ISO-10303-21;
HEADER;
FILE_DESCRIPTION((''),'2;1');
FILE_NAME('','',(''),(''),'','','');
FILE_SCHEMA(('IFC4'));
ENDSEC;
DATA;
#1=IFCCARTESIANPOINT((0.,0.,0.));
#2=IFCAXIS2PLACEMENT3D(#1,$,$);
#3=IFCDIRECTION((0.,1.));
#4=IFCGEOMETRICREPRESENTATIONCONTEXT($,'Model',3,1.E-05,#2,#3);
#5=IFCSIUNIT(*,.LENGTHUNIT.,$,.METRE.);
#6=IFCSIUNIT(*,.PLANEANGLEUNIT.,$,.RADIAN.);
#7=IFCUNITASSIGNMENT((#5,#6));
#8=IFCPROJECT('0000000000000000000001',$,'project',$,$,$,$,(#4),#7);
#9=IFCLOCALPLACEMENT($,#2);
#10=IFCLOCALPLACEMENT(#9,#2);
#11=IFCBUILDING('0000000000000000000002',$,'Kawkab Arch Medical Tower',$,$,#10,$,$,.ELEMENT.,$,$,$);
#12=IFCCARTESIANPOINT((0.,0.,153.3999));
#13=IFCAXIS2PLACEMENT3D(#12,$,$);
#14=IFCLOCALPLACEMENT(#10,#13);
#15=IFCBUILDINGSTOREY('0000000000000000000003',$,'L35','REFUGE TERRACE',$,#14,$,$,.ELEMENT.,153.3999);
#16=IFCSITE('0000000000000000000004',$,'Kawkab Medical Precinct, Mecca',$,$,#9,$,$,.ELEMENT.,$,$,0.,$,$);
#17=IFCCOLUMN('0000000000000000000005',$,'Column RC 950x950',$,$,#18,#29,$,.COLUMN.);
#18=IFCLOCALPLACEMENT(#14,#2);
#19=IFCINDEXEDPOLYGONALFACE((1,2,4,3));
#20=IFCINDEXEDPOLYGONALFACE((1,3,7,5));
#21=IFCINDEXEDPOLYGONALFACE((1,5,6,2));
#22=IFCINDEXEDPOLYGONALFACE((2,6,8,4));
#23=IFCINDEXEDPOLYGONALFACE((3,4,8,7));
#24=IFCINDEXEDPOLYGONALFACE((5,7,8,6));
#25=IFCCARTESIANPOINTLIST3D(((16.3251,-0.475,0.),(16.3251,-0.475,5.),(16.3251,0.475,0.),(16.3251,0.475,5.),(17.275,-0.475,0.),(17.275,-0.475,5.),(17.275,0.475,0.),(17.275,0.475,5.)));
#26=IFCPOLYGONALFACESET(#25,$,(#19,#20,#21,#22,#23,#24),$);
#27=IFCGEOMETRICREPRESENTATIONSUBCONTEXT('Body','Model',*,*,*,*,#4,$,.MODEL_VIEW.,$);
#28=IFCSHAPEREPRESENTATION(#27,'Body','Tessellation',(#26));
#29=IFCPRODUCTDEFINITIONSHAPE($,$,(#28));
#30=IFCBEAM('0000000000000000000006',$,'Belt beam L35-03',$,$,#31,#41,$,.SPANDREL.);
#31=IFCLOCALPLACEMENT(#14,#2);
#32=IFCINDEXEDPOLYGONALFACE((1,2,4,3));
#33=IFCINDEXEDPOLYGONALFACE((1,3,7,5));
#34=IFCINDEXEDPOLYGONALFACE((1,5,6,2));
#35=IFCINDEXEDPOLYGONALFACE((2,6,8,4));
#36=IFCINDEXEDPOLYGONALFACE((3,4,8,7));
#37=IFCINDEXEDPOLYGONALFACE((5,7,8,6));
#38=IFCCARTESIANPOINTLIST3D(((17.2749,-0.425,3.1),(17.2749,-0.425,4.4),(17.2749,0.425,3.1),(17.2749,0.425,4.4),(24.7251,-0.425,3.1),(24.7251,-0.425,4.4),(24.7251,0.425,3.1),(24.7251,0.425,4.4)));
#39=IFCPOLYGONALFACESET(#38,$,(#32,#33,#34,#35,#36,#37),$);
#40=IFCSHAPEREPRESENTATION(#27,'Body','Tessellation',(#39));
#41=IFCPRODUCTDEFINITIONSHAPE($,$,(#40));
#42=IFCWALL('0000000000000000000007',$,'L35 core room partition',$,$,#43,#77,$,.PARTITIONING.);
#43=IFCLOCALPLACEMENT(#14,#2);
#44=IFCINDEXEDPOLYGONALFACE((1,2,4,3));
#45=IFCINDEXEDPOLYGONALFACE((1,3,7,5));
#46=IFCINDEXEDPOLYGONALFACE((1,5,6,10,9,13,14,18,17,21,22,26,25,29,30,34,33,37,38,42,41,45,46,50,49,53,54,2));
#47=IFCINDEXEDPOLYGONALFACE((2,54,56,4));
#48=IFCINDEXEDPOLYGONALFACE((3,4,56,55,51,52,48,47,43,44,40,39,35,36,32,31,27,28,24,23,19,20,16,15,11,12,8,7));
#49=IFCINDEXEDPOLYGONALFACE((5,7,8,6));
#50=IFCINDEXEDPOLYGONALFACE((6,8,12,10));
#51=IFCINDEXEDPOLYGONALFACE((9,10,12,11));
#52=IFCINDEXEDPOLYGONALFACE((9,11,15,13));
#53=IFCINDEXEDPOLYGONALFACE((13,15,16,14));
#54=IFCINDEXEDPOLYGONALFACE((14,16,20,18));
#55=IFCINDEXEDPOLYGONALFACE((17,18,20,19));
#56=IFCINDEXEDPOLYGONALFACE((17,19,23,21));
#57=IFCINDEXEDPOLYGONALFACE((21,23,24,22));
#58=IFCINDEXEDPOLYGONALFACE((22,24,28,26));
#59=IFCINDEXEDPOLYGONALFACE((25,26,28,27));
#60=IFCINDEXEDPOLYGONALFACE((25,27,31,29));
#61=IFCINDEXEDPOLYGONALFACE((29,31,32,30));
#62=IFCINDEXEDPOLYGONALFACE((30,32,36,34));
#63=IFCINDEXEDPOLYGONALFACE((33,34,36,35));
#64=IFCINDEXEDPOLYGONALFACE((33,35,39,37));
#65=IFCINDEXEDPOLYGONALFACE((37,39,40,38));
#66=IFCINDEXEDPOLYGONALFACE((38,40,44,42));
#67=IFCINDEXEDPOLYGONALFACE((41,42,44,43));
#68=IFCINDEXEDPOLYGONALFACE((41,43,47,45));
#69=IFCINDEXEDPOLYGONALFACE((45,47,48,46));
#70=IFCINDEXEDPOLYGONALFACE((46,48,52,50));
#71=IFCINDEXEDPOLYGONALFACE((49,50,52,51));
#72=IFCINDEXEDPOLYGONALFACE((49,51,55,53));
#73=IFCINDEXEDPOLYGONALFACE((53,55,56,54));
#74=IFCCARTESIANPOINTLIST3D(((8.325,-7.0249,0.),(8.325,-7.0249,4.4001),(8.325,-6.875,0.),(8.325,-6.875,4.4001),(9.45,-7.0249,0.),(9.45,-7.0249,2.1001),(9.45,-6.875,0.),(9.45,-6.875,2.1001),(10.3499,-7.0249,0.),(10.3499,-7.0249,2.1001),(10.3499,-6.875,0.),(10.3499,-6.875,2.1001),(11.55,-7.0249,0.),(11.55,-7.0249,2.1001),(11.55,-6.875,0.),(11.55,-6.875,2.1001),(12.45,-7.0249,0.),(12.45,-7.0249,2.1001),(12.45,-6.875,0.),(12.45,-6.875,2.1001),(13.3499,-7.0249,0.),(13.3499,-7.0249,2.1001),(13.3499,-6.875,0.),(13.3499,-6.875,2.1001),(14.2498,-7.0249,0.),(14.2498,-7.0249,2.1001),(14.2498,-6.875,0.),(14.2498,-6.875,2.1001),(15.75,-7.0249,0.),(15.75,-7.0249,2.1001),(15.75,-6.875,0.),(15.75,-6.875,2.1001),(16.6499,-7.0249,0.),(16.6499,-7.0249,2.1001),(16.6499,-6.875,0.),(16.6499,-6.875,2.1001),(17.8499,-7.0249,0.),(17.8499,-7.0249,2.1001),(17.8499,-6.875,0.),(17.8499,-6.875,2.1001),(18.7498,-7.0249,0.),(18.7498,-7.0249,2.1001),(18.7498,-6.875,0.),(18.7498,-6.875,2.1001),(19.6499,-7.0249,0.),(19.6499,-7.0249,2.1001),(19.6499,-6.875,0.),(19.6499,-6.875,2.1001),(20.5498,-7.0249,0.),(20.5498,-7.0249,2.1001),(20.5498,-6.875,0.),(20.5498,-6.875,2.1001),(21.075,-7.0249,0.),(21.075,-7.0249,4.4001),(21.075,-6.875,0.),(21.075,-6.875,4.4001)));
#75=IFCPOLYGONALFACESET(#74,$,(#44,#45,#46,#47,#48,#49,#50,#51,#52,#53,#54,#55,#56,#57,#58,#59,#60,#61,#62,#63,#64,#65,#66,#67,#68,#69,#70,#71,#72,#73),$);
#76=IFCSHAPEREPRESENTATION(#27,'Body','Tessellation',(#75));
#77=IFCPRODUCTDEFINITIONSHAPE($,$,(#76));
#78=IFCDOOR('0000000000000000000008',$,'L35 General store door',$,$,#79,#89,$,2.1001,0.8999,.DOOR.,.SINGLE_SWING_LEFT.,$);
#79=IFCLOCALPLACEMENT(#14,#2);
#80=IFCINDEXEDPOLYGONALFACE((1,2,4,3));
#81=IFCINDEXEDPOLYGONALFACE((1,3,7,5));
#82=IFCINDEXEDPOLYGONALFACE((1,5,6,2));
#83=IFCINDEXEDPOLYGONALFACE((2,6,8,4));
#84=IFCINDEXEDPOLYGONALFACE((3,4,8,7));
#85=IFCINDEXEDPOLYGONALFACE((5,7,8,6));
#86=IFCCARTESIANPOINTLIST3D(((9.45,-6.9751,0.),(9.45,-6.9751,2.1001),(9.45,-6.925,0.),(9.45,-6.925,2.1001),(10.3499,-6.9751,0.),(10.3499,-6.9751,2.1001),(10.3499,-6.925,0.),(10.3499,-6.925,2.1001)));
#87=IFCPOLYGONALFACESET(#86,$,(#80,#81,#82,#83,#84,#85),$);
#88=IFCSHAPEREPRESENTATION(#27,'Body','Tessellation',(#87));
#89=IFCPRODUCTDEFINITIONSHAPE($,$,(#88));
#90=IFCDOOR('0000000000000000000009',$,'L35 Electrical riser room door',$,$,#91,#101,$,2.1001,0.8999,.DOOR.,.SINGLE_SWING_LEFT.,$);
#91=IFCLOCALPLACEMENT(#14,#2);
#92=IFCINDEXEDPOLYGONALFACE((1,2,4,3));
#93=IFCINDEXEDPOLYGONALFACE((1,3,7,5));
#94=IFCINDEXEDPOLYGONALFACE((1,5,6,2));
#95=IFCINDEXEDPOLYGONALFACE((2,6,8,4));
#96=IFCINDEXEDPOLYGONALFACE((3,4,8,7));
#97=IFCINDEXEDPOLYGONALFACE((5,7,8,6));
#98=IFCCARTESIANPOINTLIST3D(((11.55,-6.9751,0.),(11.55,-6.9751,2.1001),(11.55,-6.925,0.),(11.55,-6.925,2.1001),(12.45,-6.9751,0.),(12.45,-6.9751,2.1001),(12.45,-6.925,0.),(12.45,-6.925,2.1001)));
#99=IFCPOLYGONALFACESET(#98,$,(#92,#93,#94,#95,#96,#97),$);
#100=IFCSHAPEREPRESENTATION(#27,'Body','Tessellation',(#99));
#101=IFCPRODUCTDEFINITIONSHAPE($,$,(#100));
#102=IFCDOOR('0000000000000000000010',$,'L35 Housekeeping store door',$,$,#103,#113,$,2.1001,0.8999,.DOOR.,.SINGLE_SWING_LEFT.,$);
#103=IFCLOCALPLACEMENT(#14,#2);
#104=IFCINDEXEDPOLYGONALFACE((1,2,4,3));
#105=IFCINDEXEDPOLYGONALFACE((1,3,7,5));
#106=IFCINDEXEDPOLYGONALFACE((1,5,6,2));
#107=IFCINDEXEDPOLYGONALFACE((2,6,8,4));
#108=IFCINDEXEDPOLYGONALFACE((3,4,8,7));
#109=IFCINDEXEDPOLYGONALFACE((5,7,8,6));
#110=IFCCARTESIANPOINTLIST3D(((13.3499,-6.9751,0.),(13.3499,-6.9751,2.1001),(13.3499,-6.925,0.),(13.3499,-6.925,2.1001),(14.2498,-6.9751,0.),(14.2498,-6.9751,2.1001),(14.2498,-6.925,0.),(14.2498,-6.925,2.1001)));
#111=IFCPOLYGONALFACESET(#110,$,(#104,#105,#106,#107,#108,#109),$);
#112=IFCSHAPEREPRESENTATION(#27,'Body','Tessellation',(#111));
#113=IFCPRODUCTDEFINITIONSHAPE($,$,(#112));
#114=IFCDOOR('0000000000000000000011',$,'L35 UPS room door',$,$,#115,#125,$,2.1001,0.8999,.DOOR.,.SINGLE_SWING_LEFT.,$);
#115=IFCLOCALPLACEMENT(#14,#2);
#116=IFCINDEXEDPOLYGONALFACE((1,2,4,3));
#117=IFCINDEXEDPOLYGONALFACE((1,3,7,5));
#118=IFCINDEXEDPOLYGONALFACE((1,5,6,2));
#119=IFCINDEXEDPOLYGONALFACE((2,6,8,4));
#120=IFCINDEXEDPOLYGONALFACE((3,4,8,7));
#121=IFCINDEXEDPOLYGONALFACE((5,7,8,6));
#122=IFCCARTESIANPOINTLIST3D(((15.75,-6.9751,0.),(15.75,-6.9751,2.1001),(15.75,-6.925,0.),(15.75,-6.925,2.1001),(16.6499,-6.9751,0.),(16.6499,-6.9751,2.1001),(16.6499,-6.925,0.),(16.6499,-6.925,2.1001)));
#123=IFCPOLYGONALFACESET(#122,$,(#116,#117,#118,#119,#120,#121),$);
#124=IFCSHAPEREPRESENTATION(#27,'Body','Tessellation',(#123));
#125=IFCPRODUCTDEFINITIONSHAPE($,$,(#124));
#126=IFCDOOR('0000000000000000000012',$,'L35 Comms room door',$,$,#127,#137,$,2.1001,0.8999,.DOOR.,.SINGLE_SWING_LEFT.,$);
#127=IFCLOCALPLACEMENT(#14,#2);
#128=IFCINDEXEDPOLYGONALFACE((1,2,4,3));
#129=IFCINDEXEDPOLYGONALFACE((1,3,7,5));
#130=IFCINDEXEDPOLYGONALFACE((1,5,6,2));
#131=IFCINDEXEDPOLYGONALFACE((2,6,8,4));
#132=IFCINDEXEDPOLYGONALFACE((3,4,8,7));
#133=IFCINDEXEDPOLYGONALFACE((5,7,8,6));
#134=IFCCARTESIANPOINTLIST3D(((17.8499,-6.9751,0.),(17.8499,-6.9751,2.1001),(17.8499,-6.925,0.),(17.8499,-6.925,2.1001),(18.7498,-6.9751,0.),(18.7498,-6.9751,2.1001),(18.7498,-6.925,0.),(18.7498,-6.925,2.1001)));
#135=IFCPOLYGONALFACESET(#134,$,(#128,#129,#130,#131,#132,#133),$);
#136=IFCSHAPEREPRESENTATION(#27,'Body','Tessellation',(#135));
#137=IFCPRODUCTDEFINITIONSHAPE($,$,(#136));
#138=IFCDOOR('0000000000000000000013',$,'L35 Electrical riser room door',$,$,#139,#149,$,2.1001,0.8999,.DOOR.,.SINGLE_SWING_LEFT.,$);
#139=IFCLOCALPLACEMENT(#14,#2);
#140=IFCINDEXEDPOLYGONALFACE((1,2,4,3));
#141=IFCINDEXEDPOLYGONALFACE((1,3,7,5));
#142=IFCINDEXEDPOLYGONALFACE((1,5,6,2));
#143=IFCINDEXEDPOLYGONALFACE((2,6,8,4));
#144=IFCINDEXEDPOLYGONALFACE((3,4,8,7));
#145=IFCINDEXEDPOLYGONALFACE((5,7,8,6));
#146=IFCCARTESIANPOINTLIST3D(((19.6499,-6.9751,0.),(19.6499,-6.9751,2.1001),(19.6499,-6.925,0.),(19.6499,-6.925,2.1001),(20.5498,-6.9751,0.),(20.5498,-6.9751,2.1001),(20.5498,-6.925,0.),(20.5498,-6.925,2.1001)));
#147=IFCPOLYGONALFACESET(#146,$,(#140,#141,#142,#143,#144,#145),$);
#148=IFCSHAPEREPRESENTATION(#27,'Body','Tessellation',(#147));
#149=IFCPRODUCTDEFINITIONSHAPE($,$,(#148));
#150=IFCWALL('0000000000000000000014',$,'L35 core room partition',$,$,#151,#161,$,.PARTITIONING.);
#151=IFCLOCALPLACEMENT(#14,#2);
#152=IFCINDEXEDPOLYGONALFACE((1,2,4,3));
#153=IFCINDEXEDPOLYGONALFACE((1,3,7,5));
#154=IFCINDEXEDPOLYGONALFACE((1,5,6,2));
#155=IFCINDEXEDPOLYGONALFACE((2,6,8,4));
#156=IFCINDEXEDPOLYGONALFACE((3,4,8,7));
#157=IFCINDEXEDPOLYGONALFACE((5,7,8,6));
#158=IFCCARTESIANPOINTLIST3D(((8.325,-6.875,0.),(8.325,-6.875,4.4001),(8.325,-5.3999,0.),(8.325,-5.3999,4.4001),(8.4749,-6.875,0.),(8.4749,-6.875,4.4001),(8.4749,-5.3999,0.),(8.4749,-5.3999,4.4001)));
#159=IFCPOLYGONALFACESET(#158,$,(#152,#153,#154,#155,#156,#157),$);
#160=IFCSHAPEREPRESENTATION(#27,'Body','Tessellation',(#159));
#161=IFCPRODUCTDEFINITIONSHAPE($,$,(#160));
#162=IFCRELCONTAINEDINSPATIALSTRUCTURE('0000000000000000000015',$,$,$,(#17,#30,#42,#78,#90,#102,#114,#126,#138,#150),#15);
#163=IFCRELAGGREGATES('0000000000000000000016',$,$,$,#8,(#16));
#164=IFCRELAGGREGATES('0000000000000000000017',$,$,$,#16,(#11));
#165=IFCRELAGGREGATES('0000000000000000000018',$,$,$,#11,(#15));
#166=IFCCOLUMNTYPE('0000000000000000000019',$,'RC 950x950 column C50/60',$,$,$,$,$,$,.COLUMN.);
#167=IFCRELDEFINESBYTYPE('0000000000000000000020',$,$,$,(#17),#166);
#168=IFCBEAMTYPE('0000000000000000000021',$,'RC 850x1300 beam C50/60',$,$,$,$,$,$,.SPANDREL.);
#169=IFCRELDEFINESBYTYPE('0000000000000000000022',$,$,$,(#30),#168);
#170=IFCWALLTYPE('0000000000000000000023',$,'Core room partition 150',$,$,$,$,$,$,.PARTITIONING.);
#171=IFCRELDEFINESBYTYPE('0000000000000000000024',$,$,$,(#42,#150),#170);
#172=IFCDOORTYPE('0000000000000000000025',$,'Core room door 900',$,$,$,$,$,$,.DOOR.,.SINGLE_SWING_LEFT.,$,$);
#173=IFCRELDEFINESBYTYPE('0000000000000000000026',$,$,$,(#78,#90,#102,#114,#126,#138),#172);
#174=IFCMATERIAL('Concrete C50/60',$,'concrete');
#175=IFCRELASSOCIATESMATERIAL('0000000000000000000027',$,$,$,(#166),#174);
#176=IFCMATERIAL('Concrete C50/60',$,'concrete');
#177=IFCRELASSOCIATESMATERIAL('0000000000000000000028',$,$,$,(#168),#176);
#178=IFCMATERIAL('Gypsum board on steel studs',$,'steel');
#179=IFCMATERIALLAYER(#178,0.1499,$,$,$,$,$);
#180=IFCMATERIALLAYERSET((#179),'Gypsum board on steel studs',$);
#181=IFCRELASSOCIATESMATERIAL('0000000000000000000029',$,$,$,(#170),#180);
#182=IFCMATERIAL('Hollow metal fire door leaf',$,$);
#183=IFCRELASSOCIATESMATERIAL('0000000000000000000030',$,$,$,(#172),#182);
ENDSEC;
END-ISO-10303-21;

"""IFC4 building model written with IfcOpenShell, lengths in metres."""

from ifc_helpers import new_model, si_unit, direction, frame, frame_2d, origin, origin_2d, place, context, subcontext, project, spatial, rectangle, extrude, material, layer, layer_set, material_profile, profile_set, type_object, element, fill, save


model = new_model("IFC4")

# Units and contexts
model_context = context("Model", 3, precision=1e-05, world=origin(), true_north=direction((0.0, 1.0)))
body_context = subcontext(model_context, "Body", "Model", "MODEL_VIEW")
ifc_project = project(units=[si_unit("LENGTHUNIT", "METRE"), si_unit("PLANEANGLEUNIT", "RADIAN")], contexts=[model_context])

# Site, building, storey
site_placement = place(None, origin())
site = spatial("IfcSite", under=ifc_project, at=site_placement, Name="Kawkab Medical Precinct, Mecca", CompositionType="ELEMENT", RefElevation=0.0)
building_placement = place(site_placement, origin())
building = spatial("IfcBuilding", under=site, at=building_placement, Name="Kawkab Arch Medical Tower", CompositionType="ELEMENT")
storey_placement = place(building_placement, frame((0.0, 0.0, 153.3999)))
storey = spatial("IfcBuildingStorey", under=building, at=storey_placement, Name="L35", Description="REFUGE TERRACE", CompositionType="ELEMENT", Elevation=153.3999)

# Column
ifc_material_1 = material(Name="Concrete C50/60", Category="concrete")
ifc_material_profile_1 = material_profile(ifc_material_1, rectangle(XDim=0.95, YDim=0.95, at=origin_2d()), Name="RC 950x950")
ifc_profile_set_1 = profile_set([ifc_material_profile_1], Name="Concrete C50/60")
column_type = type_object("IfcColumnType", Name="RC 950x950 column C50/60", PredefinedType="COLUMN", material=ifc_profile_set_1)
column_placement = place(storey_placement, frame((16.8, 0.0, 0.0), z_axis=(0.0, 0.0, 1.0), x_axis=(1.0, 0.0, 0.0)))
element("IfcColumn", 1, at=column_placement, inside=storey, type_object=column_type, Name="Column RC 950x950", PredefinedType="COLUMN", context=body_context, shape_type="SweptSolid", body=[
    extrude(rectangle(XDim=0.95, YDim=0.95, at=origin_2d()), origin(), (0.0, 0.0, 1.0), 5.0),
])

# Beam
ifc_material_2 = material(Name="Concrete C50/60", Category="concrete")
ifc_material_profile_2 = material_profile(ifc_material_2, rectangle(XDim=0.8501, YDim=1.3, at=origin_2d()), Name="RC 850x1300")
ifc_profile_set_2 = profile_set([ifc_material_profile_2], Name="Concrete C50/60")
beam_type = type_object("IfcBeamType", Name="RC 850x1300 beam C50/60", PredefinedType="SPANDREL", material=ifc_profile_set_2)
beam_placement = place(storey_placement, frame((17.2749, 0.0, 3.75), z_axis=(1.0, 0.0, 0.0), x_axis=(0.0, 1.0, 0.0)))
element("IfcBeam", 2, at=beam_placement, inside=storey, type_object=beam_type, Name="Belt beam L35-03", PredefinedType="SPANDREL", context=body_context, shape_type="SweptSolid", body=[
    extrude(rectangle(XDim=0.8501, YDim=1.3, at=origin_2d()), origin(), (0.0, 0.0, 1.0), 7.4502),
])

# Wall, openings, doors
ifc_material_3 = material(Name="Gypsum board on steel studs", Category="steel")
ifc_layer_1 = layer(ifc_material_3, 0.1499)
ifc_layer_set_1 = layer_set([ifc_layer_1], Name="Gypsum board on steel studs")
wall_type_1 = type_object("IfcWallType", Name="Core room partition 150", PredefinedType="PARTITIONING", material=ifc_layer_set_1)
wall_1_placement = place(storey_placement, frame((8.325, -6.95, 0.0), z_axis=(0.0, 0.0, 1.0), x_axis=(1.0, 0.0, 0.0)))
wall_1 = element("IfcWall", 3, at=wall_1_placement, inside=storey, type_object=wall_type_1, Name="L35 core room partition", PredefinedType="PARTITIONING", context=body_context, shape_type="SweptSolid", body=[
    extrude(rectangle(XDim=12.75, YDim=0.1499, at=frame_2d((6.375, 0.0))), origin(), (0.0, 0.0, 1.0), 4.4001),
])
opening_1_placement = place(wall_1_placement, frame((1.125, 0.0, 0.0)))
opening_1 = element("IfcOpeningElement", 4, at=opening_1_placement, cuts=wall_1, PredefinedType="OPENING", context=body_context, shape_type="SweptSolid", body=[
    extrude(rectangle(XDim=0.8999, YDim=2.1001, at=frame_2d((0.45, 1.05))), frame((0.0, 0.085, 0.0), z_axis=(0.0, -1.0, 0.0), x_axis=(1.0, 0.0, 0.0)), (0.0, 0.0, 1.0), 0.1699),
])
opening_2_placement = place(wall_1_placement, frame((3.2251, 0.0, 0.0)))
opening_2 = element("IfcOpeningElement", 5, at=opening_2_placement, cuts=wall_1, PredefinedType="OPENING", context=body_context, shape_type="SweptSolid", body=[
    extrude(rectangle(XDim=0.8999, YDim=2.1001, at=frame_2d((0.45, 1.05))), frame((0.0, 0.085, 0.0), z_axis=(0.0, -1.0, 0.0), x_axis=(1.0, 0.0, 0.0)), (0.0, 0.0, 1.0), 0.1699),
])
opening_3_placement = place(wall_1_placement, frame((5.0249, 0.0, 0.0)))
opening_3 = element("IfcOpeningElement", 6, at=opening_3_placement, cuts=wall_1, PredefinedType="OPENING", context=body_context, shape_type="SweptSolid", body=[
    extrude(rectangle(XDim=0.8999, YDim=2.1001, at=frame_2d((0.45, 1.05))), frame((0.0, 0.085, 0.0), z_axis=(0.0, -1.0, 0.0), x_axis=(1.0, 0.0, 0.0)), (0.0, 0.0, 1.0), 0.1699),
])
opening_4_placement = place(wall_1_placement, frame((7.425, 0.0, 0.0)))
opening_4 = element("IfcOpeningElement", 7, at=opening_4_placement, cuts=wall_1, PredefinedType="OPENING", context=body_context, shape_type="SweptSolid", body=[
    extrude(rectangle(XDim=0.8999, YDim=2.1001, at=frame_2d((0.45, 1.05))), frame((0.0, 0.085, 0.0), z_axis=(0.0, -1.0, 0.0), x_axis=(1.0, 0.0, 0.0)), (0.0, 0.0, 1.0), 0.1699),
])
opening_5_placement = place(wall_1_placement, frame((9.5249, 0.0, 0.0)))
opening_5 = element("IfcOpeningElement", 8, at=opening_5_placement, cuts=wall_1, PredefinedType="OPENING", context=body_context, shape_type="SweptSolid", body=[
    extrude(rectangle(XDim=0.8999, YDim=2.1001, at=frame_2d((0.45, 1.05))), frame((0.0, 0.085, 0.0), z_axis=(0.0, -1.0, 0.0), x_axis=(1.0, 0.0, 0.0)), (0.0, 0.0, 1.0), 0.1699),
])
opening_6_placement = place(wall_1_placement, frame((11.325, 0.0, 0.0)))
opening_6 = element("IfcOpeningElement", 9, at=opening_6_placement, cuts=wall_1, PredefinedType="OPENING", context=body_context, shape_type="SweptSolid", body=[
    extrude(rectangle(XDim=0.8999, YDim=2.1001, at=frame_2d((0.45, 1.05))), frame((0.0, 0.085, 0.0), z_axis=(0.0, -1.0, 0.0), x_axis=(1.0, 0.0, 0.0)), (0.0, 0.0, 1.0), 0.1699),
])
ifc_material_4 = material(Name="Hollow metal fire door leaf")
door_type = type_object("IfcDoorType", Name="Core room door 900", OperationType="SINGLE_SWING_LEFT", PredefinedType="DOOR", material=ifc_material_4)
door_1_placement = place(opening_1_placement, origin())
door_1 = element("IfcDoor", 10, at=door_1_placement, inside=storey, type_object=door_type, Name="L35 General store door", OperationType="SINGLE_SWING_LEFT", OverallHeight=2.1001, OverallWidth=0.8999, PredefinedType="DOOR", context=body_context, shape_type="SweptSolid", body=[
    extrude(rectangle(XDim=0.8999, YDim=2.1001, at=frame_2d((0.45, 1.05))), frame((0.0, 0.0249, 0.0), z_axis=(0.0, -1.0, 0.0), x_axis=(1.0, 0.0, 0.0)), (0.0, 0.0, 1.0), 0.05),
])
fill(opening_1, door_1)
door_2_placement = place(opening_2_placement, origin())
door_2 = element("IfcDoor", 11, at=door_2_placement, inside=storey, type_object=door_type, Name="L35 Electrical riser room door", OperationType="SINGLE_SWING_LEFT", OverallHeight=2.1001, OverallWidth=0.8999, PredefinedType="DOOR", context=body_context, shape_type="SweptSolid", body=[
    extrude(rectangle(XDim=0.8999, YDim=2.1001, at=frame_2d((0.45, 1.05))), frame((0.0, 0.0249, 0.0), z_axis=(0.0, -1.0, 0.0), x_axis=(1.0, 0.0, 0.0)), (0.0, 0.0, 1.0), 0.05),
])
fill(opening_2, door_2)
door_3_placement = place(opening_3_placement, origin())
door_3 = element("IfcDoor", 12, at=door_3_placement, inside=storey, type_object=door_type, Name="L35 Housekeeping store door", OperationType="SINGLE_SWING_LEFT", OverallHeight=2.1001, OverallWidth=0.8999, PredefinedType="DOOR", context=body_context, shape_type="SweptSolid", body=[
    extrude(rectangle(XDim=0.8999, YDim=2.1001, at=frame_2d((0.45, 1.05))), frame((0.0, 0.0249, 0.0), z_axis=(0.0, -1.0, 0.0), x_axis=(1.0, 0.0, 0.0)), (0.0, 0.0, 1.0), 0.05),
])
fill(opening_3, door_3)
door_4_placement = place(opening_4_placement, origin())
door_4 = element("IfcDoor", 13, at=door_4_placement, inside=storey, type_object=door_type, Name="L35 UPS room door", OperationType="SINGLE_SWING_LEFT", OverallHeight=2.1001, OverallWidth=0.8999, PredefinedType="DOOR", context=body_context, shape_type="SweptSolid", body=[
    extrude(rectangle(XDim=0.8999, YDim=2.1001, at=frame_2d((0.45, 1.05))), frame((0.0, 0.0249, 0.0), z_axis=(0.0, -1.0, 0.0), x_axis=(1.0, 0.0, 0.0)), (0.0, 0.0, 1.0), 0.05),
])
fill(opening_4, door_4)
door_5_placement = place(opening_5_placement, origin())
door_5 = element("IfcDoor", 14, at=door_5_placement, inside=storey, type_object=door_type, Name="L35 Comms room door", OperationType="SINGLE_SWING_LEFT", OverallHeight=2.1001, OverallWidth=0.8999, PredefinedType="DOOR", context=body_context, shape_type="SweptSolid", body=[
    extrude(rectangle(XDim=0.8999, YDim=2.1001, at=frame_2d((0.45, 1.05))), frame((0.0, 0.0249, 0.0), z_axis=(0.0, -1.0, 0.0), x_axis=(1.0, 0.0, 0.0)), (0.0, 0.0, 1.0), 0.05),
])
fill(opening_5, door_5)
door_6_placement = place(opening_6_placement, origin())
door_6 = element("IfcDoor", 15, at=door_6_placement, inside=storey, type_object=door_type, Name="L35 Electrical riser room door", OperationType="SINGLE_SWING_LEFT", OverallHeight=2.1001, OverallWidth=0.8999, PredefinedType="DOOR", context=body_context, shape_type="SweptSolid", body=[
    extrude(rectangle(XDim=0.8999, YDim=2.1001, at=frame_2d((0.45, 1.05))), frame((0.0, 0.0249, 0.0), z_axis=(0.0, -1.0, 0.0), x_axis=(1.0, 0.0, 0.0)), (0.0, 0.0, 1.0), 0.05),
])
fill(opening_6, door_6)

# Wall
for number, where, z_axis, x_axis, name in (
    (16, (8.3999, -6.875, 0.0), (0.0, 0.0, 1.0), (0.0, 1.0, 0.0), "L35 core room partition"),
):
    element("IfcWall", number, at=place(storey_placement, frame(where, z_axis=z_axis, x_axis=x_axis)), inside=storey, type_object=wall_type_1, Name=name, PredefinedType="PARTITIONING", context=body_context, shape_type="SweptSolid", body=[
        extrude(rectangle(XDim=1.4751, YDim=0.1499, at=frame_2d((0.7375, 0.0))), origin(), (0.0, 0.0, 1.0), 4.4001),
    ])

save(model, "model.ifc")
